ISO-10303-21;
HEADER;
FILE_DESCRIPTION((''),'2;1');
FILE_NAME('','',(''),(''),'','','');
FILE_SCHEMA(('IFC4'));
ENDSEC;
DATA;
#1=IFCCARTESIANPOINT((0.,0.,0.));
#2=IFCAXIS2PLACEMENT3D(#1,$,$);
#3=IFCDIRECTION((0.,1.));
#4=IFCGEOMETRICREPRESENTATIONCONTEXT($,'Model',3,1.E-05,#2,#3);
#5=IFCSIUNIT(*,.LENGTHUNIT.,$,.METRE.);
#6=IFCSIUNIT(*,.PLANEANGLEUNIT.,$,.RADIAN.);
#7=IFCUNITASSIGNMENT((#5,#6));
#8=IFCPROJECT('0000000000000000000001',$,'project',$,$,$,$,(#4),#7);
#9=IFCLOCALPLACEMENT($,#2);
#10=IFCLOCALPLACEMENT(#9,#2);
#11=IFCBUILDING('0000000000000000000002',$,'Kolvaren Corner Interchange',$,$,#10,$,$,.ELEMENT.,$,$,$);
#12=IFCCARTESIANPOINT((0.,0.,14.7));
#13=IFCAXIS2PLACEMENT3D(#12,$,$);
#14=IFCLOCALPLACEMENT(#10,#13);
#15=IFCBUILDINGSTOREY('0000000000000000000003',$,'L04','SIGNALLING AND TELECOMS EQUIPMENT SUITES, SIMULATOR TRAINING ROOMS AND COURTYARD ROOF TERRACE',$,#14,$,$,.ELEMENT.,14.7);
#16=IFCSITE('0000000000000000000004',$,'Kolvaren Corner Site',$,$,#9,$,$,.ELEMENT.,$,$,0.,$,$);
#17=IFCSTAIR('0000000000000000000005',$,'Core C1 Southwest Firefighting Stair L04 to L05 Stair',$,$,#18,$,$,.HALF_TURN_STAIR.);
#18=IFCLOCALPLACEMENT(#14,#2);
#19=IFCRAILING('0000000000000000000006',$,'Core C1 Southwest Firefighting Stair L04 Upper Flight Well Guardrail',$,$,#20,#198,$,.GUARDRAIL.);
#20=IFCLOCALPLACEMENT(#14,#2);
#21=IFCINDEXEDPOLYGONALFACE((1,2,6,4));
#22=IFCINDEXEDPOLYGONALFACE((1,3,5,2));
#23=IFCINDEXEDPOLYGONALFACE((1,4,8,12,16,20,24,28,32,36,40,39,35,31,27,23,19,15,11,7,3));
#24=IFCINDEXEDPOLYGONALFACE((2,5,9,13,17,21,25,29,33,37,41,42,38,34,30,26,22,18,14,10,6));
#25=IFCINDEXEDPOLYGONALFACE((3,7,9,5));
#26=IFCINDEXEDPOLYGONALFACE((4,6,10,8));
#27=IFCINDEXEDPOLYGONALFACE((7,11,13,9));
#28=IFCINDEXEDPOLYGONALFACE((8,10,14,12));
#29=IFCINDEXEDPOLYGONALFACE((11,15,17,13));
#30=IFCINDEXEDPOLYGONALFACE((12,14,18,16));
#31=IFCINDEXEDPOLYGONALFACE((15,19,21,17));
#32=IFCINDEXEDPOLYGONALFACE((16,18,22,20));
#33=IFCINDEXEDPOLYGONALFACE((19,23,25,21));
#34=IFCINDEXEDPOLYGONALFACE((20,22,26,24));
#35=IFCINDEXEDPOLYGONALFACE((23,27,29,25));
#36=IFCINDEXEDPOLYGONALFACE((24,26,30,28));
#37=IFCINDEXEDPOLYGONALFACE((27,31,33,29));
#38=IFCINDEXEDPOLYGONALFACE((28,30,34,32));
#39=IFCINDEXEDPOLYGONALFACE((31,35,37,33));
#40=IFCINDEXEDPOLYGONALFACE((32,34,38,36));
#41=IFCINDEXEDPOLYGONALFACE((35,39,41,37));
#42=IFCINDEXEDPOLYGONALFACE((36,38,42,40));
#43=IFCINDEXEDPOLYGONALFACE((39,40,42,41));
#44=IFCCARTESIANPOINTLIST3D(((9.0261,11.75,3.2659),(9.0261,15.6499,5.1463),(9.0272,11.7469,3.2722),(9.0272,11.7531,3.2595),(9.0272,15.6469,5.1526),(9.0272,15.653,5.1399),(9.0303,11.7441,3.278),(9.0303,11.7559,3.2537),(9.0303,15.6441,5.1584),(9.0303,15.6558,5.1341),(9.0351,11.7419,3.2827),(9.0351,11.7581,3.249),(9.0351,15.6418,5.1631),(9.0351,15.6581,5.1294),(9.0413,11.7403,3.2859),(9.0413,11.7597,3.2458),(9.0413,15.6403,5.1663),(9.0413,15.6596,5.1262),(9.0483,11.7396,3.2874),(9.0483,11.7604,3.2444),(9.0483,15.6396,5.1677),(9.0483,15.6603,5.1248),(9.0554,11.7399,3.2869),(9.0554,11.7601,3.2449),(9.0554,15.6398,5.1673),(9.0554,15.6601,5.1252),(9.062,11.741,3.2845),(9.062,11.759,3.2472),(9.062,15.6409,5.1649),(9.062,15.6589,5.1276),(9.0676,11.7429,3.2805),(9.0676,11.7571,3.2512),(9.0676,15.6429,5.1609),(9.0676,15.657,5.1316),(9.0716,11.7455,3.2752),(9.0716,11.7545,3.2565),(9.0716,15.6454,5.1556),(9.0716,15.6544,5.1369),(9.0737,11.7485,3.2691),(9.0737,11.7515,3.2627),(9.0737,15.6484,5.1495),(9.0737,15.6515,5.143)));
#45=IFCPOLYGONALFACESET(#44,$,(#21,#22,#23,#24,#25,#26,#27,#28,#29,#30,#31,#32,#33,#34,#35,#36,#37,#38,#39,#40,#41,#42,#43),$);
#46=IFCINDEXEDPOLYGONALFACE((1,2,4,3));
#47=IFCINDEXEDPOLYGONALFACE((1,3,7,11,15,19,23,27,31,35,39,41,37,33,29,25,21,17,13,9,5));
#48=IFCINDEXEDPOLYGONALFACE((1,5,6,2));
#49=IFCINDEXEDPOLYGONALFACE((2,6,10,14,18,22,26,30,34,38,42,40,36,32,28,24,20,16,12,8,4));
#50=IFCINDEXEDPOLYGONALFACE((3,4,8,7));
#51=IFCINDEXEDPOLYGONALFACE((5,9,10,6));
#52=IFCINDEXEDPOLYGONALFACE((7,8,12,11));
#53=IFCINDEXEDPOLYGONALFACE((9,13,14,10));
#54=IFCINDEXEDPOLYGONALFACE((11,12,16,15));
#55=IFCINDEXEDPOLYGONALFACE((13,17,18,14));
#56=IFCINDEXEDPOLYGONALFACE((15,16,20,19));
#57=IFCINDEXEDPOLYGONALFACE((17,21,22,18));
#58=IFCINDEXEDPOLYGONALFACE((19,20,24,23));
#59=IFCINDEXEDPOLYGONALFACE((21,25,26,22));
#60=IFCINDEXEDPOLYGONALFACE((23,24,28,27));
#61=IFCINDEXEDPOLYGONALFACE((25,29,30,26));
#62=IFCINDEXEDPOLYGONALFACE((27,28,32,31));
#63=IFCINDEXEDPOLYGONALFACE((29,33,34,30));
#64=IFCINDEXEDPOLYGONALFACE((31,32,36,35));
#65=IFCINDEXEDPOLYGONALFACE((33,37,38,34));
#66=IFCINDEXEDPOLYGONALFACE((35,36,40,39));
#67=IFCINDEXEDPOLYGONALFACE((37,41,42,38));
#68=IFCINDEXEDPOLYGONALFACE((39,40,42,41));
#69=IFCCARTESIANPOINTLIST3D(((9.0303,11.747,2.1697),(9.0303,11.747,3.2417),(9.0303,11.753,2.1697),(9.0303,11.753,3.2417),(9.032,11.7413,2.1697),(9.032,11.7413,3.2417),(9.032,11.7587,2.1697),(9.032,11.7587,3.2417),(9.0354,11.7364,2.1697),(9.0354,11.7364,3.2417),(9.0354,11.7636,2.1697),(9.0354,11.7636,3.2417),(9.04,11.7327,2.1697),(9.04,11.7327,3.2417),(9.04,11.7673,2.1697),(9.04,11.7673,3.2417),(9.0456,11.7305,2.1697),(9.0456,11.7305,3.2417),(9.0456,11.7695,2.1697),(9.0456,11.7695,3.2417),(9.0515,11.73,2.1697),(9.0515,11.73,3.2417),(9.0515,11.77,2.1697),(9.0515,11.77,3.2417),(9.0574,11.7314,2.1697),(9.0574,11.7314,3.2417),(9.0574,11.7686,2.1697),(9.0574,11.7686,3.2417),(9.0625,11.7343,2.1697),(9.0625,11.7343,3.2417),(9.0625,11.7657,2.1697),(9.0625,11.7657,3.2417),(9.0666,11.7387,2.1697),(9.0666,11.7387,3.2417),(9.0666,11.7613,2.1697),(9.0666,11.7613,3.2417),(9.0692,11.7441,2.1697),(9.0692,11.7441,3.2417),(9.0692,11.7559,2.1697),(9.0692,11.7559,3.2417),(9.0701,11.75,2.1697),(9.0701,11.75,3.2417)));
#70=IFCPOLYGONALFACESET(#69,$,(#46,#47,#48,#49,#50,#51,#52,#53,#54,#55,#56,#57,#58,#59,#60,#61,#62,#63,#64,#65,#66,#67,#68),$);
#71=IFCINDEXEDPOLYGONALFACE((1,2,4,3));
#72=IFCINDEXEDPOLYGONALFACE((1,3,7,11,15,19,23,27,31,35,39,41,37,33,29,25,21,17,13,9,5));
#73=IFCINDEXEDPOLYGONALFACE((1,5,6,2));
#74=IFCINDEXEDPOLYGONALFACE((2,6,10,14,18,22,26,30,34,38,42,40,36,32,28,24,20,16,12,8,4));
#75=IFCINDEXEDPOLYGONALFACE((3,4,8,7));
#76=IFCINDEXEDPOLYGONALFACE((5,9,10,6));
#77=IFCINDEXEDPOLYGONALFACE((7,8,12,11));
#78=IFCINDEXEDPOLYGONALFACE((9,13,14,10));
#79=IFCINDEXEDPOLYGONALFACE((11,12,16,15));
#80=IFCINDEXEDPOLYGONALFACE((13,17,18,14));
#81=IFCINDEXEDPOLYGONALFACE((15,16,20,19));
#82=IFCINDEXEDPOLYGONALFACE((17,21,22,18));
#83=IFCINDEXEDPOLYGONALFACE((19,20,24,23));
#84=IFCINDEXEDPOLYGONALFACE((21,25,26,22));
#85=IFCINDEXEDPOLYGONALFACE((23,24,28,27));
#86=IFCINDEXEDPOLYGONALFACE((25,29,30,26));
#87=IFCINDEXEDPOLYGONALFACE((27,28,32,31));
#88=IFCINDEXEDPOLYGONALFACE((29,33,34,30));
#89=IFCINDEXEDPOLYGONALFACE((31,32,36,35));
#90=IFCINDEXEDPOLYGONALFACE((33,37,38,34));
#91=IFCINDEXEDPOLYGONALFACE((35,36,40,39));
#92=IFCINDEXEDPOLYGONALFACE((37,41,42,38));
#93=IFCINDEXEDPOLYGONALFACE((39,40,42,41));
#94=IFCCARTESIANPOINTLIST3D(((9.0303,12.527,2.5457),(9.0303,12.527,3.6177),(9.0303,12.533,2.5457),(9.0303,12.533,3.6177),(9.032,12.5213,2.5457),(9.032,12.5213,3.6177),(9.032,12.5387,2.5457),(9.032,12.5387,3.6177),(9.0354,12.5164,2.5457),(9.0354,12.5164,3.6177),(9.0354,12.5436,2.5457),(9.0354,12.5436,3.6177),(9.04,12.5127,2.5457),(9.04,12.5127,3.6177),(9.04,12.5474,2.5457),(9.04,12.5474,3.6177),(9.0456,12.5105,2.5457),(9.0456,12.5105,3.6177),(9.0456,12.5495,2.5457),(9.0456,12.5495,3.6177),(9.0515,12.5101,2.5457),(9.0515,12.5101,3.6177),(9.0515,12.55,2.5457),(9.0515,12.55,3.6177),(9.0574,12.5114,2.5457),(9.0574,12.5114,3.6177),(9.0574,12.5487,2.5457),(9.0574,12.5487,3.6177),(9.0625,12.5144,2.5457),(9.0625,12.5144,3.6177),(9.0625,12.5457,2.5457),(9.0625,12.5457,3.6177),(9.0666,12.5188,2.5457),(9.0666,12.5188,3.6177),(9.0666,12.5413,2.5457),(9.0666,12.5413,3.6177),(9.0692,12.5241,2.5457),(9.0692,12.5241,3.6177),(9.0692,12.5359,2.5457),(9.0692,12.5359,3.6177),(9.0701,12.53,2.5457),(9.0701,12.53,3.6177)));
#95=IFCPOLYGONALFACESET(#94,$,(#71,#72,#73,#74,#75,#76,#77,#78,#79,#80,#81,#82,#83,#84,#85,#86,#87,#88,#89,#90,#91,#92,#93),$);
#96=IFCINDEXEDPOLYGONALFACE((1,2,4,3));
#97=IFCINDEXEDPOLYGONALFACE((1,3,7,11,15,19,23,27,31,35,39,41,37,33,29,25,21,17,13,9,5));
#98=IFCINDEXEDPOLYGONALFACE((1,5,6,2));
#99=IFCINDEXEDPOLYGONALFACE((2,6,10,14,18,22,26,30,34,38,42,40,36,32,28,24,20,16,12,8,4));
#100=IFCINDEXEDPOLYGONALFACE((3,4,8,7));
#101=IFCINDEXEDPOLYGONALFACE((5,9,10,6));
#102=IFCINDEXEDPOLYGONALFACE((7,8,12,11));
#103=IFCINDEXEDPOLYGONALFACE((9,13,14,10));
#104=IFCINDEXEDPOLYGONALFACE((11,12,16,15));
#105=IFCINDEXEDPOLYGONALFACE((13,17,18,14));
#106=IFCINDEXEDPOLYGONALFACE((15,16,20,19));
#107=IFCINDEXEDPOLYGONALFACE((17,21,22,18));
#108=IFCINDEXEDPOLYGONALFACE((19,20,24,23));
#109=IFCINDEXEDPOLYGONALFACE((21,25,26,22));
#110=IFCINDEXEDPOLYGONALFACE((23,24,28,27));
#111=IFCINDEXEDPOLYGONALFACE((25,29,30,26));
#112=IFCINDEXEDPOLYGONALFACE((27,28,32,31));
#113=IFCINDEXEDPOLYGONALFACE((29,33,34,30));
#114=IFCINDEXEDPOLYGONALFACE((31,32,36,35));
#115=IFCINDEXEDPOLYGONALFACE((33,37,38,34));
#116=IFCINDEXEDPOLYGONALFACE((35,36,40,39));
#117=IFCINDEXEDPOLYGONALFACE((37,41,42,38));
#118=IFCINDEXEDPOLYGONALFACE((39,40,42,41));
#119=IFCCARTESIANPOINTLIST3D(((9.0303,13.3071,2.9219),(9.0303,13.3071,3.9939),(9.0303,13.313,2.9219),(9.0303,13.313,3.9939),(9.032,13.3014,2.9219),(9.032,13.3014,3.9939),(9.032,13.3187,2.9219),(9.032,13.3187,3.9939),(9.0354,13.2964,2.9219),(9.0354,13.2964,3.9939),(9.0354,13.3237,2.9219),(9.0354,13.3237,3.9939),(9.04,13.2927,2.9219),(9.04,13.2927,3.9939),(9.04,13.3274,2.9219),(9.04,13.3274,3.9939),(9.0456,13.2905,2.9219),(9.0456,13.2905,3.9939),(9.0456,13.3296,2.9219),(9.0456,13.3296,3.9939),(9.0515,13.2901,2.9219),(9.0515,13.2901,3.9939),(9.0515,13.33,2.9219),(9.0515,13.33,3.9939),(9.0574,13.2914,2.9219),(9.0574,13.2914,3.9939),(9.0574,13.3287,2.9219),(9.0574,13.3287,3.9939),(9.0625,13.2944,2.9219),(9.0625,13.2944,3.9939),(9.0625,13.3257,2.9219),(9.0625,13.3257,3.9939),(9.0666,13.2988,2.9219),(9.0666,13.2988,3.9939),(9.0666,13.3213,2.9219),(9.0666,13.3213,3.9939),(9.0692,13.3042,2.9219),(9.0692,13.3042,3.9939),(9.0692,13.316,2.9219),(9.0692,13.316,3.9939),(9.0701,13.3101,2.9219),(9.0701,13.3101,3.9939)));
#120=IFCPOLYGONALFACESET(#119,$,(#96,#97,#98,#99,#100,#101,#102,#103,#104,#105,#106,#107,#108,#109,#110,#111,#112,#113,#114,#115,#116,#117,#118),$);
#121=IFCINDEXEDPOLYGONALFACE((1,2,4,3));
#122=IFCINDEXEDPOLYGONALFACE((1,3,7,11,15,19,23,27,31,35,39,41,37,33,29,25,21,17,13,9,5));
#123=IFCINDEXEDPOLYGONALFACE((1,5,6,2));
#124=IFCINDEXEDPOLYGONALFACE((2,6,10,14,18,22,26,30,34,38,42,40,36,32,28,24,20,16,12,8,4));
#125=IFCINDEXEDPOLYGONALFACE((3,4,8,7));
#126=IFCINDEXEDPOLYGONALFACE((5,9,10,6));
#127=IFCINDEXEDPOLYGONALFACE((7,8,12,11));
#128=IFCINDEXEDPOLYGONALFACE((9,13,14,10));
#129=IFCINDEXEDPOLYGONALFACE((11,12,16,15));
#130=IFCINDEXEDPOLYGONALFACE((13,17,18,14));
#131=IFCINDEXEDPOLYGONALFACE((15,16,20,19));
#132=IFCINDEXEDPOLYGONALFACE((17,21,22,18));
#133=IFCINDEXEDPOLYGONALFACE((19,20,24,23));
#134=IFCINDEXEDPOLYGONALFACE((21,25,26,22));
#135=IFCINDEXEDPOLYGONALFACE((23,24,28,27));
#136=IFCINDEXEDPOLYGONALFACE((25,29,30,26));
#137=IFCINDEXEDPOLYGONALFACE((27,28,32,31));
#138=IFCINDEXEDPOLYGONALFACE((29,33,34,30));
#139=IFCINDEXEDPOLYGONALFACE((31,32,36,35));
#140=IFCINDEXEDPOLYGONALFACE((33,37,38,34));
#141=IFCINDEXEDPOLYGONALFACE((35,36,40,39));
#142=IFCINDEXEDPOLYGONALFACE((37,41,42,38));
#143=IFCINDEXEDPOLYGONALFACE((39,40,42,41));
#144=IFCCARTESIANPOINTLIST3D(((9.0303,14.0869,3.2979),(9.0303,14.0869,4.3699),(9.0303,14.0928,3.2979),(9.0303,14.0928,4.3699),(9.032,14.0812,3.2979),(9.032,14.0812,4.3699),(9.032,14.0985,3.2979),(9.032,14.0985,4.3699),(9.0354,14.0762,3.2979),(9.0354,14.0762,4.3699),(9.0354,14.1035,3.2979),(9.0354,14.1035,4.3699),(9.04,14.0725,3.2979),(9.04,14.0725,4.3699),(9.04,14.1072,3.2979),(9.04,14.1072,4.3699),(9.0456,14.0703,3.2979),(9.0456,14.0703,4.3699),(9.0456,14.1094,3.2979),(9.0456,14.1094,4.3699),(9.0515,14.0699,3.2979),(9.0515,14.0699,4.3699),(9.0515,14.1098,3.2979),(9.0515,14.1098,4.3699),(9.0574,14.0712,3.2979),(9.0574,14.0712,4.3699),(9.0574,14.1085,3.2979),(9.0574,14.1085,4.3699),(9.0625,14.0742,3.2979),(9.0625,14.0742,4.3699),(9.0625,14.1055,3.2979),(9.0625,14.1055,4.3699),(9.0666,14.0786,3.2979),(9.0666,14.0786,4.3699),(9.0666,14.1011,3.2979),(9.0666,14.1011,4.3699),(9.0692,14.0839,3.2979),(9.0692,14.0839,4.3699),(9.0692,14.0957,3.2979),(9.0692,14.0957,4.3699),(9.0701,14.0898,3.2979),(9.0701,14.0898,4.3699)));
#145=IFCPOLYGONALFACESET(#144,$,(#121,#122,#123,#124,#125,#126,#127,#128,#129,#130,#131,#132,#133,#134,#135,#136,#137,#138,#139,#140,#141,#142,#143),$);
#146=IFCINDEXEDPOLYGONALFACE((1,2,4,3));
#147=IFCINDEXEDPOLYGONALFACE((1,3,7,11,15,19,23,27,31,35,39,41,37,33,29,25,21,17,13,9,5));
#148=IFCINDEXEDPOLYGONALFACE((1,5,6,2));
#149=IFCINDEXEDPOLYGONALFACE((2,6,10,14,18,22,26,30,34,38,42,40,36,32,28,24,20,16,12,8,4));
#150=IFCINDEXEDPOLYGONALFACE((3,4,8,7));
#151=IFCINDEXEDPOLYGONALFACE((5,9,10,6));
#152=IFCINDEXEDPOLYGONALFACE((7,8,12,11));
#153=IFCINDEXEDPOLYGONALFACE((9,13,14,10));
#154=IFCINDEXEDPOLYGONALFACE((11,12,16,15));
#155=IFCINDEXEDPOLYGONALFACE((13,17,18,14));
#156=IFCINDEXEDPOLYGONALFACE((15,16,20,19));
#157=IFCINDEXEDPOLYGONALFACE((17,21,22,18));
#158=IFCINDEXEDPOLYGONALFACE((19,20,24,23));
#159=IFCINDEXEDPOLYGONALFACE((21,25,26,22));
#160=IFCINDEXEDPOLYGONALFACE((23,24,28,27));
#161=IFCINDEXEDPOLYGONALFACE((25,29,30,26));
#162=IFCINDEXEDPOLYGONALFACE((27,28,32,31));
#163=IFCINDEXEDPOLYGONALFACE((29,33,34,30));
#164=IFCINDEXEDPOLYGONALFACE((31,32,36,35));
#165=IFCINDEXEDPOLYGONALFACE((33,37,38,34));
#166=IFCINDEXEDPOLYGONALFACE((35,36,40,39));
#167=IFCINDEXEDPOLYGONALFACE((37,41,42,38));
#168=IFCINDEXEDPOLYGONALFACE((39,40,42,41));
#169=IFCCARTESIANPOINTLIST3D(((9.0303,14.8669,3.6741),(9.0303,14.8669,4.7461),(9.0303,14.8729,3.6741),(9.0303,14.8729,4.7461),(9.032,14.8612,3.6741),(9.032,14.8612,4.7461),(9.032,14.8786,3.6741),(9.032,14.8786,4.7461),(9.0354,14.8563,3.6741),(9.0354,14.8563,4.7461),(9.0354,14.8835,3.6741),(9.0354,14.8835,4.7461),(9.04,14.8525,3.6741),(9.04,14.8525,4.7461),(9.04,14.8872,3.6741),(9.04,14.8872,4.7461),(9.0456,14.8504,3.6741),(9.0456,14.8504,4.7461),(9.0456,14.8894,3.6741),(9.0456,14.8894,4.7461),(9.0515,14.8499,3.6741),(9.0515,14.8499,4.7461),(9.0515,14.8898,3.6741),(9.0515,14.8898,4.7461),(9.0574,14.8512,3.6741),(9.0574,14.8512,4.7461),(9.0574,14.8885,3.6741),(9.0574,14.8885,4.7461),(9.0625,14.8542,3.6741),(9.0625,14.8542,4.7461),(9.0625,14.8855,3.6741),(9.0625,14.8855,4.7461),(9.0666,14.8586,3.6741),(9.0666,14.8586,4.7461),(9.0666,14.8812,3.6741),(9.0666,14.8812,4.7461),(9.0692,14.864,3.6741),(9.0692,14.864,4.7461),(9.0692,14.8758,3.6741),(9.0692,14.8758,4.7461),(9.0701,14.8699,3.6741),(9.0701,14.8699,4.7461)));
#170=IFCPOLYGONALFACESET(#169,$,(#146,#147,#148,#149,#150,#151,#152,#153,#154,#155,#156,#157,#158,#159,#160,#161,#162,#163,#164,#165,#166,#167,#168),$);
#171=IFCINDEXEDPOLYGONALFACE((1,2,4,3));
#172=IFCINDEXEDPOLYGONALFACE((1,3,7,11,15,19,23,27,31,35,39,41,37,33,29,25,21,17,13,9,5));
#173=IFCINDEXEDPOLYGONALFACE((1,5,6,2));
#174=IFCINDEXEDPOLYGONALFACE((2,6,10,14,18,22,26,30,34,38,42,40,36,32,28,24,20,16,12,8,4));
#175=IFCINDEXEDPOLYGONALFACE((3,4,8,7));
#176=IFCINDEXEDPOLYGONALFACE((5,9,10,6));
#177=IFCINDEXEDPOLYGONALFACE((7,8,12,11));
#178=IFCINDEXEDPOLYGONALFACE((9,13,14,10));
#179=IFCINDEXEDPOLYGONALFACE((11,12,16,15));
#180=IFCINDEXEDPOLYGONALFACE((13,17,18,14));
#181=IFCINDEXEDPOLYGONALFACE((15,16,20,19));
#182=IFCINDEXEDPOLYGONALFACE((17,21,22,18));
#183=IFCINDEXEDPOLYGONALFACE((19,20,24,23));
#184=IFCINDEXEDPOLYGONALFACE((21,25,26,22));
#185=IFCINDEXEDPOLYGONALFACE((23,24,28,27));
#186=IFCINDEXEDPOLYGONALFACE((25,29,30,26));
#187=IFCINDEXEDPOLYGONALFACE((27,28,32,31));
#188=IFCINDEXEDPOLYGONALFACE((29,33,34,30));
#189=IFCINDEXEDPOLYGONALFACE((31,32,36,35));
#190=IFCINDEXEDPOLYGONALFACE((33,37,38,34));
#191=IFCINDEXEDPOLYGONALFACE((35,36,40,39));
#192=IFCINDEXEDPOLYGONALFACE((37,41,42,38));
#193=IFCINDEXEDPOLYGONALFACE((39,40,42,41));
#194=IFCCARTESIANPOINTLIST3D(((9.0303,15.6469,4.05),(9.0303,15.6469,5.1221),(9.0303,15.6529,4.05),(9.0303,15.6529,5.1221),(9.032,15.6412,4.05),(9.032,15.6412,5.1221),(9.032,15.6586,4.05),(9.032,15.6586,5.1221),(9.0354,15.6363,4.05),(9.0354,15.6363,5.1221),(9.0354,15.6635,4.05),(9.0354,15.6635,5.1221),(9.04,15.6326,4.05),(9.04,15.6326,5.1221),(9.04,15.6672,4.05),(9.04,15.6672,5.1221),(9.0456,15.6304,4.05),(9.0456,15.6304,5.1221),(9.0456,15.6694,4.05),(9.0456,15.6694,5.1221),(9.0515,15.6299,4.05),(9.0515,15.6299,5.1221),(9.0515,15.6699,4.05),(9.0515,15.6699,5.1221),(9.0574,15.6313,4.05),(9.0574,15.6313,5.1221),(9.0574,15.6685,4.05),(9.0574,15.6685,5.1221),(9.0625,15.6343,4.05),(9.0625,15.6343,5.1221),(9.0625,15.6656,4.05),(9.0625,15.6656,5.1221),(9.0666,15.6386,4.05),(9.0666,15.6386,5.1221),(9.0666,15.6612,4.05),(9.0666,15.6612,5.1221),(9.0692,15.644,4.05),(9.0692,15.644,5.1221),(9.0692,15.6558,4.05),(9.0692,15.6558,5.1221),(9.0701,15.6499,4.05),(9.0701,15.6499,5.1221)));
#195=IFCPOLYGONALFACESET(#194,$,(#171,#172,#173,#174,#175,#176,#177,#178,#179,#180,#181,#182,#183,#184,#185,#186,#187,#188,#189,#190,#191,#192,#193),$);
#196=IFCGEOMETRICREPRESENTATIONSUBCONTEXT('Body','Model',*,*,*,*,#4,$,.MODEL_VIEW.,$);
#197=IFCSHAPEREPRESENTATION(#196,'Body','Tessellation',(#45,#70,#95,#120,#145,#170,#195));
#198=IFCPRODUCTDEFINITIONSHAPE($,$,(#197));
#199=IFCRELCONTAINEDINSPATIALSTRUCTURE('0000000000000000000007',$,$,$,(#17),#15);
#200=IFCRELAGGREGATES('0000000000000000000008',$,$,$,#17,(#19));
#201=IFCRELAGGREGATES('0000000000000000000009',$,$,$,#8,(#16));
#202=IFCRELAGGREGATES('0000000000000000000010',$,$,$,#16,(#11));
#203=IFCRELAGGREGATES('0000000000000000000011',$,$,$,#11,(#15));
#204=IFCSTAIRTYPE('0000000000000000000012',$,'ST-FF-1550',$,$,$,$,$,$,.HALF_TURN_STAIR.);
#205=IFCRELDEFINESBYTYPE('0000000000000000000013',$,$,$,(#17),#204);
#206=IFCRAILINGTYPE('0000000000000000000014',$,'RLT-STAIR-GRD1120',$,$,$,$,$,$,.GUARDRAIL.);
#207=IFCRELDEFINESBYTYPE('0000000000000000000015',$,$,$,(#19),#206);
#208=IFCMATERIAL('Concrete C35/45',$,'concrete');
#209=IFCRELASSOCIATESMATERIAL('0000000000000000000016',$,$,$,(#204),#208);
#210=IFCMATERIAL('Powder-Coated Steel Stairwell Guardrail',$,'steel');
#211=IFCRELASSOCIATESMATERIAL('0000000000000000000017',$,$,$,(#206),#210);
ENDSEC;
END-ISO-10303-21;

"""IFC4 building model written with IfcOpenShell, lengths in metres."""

from ifc_helpers import new_model, si_unit, direction, frame, origin, origin_2d, place, context, subcontext, project, spatial, circle, extrude, material, type_object, element, aggregate, save


model = new_model("IFC4")

# Units and contexts
model_context = context("Model", 3, precision=1e-05, world=origin(), true_north=direction((0.0, 1.0)))
body_context = subcontext(model_context, "Body", "Model", "MODEL_VIEW")
ifc_project = project(units=[si_unit("LENGTHUNIT", "METRE"), si_unit("PLANEANGLEUNIT", "RADIAN")], contexts=[model_context])

# Site, building, storey
site_placement = place(None, origin())
site = spatial("IfcSite", under=ifc_project, at=site_placement, Name="Kolvaren Corner Site", CompositionType="ELEMENT", RefElevation=0.0)
building_placement = place(site_placement, origin())
building = spatial("IfcBuilding", under=site, at=building_placement, Name="Kolvaren Corner Interchange", CompositionType="ELEMENT")
storey_placement = place(building_placement, frame((0.0, 0.0, 14.7)))
storey = spatial("IfcBuildingStorey", under=building, at=storey_placement, Name="L04", Description="SIGNALLING AND TELECOMS EQUIPMENT SUITES, SIMULATOR TRAINING ROOMS AND COURTYARD ROOF TERRACE", CompositionType="ELEMENT", Elevation=14.7)

# Stair, railing
ifc_material_1 = material(Name="Concrete C35/45", Category="concrete")
stair_type = type_object("IfcStairType", Name="ST-FF-1550", PredefinedType="HALF_TURN_STAIR", material=ifc_material_1)
stair_placement = place(storey_placement, origin())
stair = element("IfcStair", 1, at=stair_placement, inside=storey, type_object=stair_type, Name="Core C1 Southwest Firefighting Stair L04 to L05 Stair", PredefinedType="HALF_TURN_STAIR")
ifc_material_2 = material(Name="Powder-Coated Steel Stairwell Guardrail", Category="steel")
railing_type_1 = type_object("IfcRailingType", Name="RLT-STAIR-GRD1120", PredefinedType="GUARDRAIL", material=ifc_material_2)
railing_1_placement = place(storey_placement, frame((9.05, 11.75, 2.1697)))
railing_1 = element("IfcRailing", 2, at=railing_1_placement, type_object=railing_type_1, Name="Core C1 Southwest Firefighting Stair L04 Upper Flight Well Guardrail", PredefinedType="GUARDRAIL", context=body_context, shape_type="SweptSolid", body=[
    extrude(circle(Radius=0.0239, at=origin_2d()), frame((0.0, 0.0, 1.0962), z_axis=(0.0, 0.900763, 0.434311), x_axis=(-1.0, 0.0, 0.0)), (0.0, 0.0, 1.0), 4.3296),
    extrude(circle(Radius=0.02, at=origin_2d()), origin(), (0.0, 0.0, 1.0), 1.072),
    extrude(circle(Radius=0.02, at=origin_2d()), frame((0.0, 0.78, 0.376)), (0.0, 0.0, 1.0), 1.072),
    extrude(circle(Radius=0.02, at=origin_2d()), frame((0.0, 1.5601, 0.7522)), (0.0, 0.0, 1.0), 1.072),
    extrude(circle(Radius=0.02, at=origin_2d()), frame((0.0, 2.3398, 1.1282)), (0.0, 0.0, 1.0), 1.072),
    extrude(circle(Radius=0.02, at=origin_2d()), frame((0.0, 3.1199, 1.5044)), (0.0, 0.0, 1.0), 1.072),
    extrude(circle(Radius=0.02, at=origin_2d()), frame((0.0, 3.8999, 1.8804)), (0.0, 0.0, 1.0), 1.072),
])
aggregate(stair, [railing_1])

save(model, "model.ifc")
